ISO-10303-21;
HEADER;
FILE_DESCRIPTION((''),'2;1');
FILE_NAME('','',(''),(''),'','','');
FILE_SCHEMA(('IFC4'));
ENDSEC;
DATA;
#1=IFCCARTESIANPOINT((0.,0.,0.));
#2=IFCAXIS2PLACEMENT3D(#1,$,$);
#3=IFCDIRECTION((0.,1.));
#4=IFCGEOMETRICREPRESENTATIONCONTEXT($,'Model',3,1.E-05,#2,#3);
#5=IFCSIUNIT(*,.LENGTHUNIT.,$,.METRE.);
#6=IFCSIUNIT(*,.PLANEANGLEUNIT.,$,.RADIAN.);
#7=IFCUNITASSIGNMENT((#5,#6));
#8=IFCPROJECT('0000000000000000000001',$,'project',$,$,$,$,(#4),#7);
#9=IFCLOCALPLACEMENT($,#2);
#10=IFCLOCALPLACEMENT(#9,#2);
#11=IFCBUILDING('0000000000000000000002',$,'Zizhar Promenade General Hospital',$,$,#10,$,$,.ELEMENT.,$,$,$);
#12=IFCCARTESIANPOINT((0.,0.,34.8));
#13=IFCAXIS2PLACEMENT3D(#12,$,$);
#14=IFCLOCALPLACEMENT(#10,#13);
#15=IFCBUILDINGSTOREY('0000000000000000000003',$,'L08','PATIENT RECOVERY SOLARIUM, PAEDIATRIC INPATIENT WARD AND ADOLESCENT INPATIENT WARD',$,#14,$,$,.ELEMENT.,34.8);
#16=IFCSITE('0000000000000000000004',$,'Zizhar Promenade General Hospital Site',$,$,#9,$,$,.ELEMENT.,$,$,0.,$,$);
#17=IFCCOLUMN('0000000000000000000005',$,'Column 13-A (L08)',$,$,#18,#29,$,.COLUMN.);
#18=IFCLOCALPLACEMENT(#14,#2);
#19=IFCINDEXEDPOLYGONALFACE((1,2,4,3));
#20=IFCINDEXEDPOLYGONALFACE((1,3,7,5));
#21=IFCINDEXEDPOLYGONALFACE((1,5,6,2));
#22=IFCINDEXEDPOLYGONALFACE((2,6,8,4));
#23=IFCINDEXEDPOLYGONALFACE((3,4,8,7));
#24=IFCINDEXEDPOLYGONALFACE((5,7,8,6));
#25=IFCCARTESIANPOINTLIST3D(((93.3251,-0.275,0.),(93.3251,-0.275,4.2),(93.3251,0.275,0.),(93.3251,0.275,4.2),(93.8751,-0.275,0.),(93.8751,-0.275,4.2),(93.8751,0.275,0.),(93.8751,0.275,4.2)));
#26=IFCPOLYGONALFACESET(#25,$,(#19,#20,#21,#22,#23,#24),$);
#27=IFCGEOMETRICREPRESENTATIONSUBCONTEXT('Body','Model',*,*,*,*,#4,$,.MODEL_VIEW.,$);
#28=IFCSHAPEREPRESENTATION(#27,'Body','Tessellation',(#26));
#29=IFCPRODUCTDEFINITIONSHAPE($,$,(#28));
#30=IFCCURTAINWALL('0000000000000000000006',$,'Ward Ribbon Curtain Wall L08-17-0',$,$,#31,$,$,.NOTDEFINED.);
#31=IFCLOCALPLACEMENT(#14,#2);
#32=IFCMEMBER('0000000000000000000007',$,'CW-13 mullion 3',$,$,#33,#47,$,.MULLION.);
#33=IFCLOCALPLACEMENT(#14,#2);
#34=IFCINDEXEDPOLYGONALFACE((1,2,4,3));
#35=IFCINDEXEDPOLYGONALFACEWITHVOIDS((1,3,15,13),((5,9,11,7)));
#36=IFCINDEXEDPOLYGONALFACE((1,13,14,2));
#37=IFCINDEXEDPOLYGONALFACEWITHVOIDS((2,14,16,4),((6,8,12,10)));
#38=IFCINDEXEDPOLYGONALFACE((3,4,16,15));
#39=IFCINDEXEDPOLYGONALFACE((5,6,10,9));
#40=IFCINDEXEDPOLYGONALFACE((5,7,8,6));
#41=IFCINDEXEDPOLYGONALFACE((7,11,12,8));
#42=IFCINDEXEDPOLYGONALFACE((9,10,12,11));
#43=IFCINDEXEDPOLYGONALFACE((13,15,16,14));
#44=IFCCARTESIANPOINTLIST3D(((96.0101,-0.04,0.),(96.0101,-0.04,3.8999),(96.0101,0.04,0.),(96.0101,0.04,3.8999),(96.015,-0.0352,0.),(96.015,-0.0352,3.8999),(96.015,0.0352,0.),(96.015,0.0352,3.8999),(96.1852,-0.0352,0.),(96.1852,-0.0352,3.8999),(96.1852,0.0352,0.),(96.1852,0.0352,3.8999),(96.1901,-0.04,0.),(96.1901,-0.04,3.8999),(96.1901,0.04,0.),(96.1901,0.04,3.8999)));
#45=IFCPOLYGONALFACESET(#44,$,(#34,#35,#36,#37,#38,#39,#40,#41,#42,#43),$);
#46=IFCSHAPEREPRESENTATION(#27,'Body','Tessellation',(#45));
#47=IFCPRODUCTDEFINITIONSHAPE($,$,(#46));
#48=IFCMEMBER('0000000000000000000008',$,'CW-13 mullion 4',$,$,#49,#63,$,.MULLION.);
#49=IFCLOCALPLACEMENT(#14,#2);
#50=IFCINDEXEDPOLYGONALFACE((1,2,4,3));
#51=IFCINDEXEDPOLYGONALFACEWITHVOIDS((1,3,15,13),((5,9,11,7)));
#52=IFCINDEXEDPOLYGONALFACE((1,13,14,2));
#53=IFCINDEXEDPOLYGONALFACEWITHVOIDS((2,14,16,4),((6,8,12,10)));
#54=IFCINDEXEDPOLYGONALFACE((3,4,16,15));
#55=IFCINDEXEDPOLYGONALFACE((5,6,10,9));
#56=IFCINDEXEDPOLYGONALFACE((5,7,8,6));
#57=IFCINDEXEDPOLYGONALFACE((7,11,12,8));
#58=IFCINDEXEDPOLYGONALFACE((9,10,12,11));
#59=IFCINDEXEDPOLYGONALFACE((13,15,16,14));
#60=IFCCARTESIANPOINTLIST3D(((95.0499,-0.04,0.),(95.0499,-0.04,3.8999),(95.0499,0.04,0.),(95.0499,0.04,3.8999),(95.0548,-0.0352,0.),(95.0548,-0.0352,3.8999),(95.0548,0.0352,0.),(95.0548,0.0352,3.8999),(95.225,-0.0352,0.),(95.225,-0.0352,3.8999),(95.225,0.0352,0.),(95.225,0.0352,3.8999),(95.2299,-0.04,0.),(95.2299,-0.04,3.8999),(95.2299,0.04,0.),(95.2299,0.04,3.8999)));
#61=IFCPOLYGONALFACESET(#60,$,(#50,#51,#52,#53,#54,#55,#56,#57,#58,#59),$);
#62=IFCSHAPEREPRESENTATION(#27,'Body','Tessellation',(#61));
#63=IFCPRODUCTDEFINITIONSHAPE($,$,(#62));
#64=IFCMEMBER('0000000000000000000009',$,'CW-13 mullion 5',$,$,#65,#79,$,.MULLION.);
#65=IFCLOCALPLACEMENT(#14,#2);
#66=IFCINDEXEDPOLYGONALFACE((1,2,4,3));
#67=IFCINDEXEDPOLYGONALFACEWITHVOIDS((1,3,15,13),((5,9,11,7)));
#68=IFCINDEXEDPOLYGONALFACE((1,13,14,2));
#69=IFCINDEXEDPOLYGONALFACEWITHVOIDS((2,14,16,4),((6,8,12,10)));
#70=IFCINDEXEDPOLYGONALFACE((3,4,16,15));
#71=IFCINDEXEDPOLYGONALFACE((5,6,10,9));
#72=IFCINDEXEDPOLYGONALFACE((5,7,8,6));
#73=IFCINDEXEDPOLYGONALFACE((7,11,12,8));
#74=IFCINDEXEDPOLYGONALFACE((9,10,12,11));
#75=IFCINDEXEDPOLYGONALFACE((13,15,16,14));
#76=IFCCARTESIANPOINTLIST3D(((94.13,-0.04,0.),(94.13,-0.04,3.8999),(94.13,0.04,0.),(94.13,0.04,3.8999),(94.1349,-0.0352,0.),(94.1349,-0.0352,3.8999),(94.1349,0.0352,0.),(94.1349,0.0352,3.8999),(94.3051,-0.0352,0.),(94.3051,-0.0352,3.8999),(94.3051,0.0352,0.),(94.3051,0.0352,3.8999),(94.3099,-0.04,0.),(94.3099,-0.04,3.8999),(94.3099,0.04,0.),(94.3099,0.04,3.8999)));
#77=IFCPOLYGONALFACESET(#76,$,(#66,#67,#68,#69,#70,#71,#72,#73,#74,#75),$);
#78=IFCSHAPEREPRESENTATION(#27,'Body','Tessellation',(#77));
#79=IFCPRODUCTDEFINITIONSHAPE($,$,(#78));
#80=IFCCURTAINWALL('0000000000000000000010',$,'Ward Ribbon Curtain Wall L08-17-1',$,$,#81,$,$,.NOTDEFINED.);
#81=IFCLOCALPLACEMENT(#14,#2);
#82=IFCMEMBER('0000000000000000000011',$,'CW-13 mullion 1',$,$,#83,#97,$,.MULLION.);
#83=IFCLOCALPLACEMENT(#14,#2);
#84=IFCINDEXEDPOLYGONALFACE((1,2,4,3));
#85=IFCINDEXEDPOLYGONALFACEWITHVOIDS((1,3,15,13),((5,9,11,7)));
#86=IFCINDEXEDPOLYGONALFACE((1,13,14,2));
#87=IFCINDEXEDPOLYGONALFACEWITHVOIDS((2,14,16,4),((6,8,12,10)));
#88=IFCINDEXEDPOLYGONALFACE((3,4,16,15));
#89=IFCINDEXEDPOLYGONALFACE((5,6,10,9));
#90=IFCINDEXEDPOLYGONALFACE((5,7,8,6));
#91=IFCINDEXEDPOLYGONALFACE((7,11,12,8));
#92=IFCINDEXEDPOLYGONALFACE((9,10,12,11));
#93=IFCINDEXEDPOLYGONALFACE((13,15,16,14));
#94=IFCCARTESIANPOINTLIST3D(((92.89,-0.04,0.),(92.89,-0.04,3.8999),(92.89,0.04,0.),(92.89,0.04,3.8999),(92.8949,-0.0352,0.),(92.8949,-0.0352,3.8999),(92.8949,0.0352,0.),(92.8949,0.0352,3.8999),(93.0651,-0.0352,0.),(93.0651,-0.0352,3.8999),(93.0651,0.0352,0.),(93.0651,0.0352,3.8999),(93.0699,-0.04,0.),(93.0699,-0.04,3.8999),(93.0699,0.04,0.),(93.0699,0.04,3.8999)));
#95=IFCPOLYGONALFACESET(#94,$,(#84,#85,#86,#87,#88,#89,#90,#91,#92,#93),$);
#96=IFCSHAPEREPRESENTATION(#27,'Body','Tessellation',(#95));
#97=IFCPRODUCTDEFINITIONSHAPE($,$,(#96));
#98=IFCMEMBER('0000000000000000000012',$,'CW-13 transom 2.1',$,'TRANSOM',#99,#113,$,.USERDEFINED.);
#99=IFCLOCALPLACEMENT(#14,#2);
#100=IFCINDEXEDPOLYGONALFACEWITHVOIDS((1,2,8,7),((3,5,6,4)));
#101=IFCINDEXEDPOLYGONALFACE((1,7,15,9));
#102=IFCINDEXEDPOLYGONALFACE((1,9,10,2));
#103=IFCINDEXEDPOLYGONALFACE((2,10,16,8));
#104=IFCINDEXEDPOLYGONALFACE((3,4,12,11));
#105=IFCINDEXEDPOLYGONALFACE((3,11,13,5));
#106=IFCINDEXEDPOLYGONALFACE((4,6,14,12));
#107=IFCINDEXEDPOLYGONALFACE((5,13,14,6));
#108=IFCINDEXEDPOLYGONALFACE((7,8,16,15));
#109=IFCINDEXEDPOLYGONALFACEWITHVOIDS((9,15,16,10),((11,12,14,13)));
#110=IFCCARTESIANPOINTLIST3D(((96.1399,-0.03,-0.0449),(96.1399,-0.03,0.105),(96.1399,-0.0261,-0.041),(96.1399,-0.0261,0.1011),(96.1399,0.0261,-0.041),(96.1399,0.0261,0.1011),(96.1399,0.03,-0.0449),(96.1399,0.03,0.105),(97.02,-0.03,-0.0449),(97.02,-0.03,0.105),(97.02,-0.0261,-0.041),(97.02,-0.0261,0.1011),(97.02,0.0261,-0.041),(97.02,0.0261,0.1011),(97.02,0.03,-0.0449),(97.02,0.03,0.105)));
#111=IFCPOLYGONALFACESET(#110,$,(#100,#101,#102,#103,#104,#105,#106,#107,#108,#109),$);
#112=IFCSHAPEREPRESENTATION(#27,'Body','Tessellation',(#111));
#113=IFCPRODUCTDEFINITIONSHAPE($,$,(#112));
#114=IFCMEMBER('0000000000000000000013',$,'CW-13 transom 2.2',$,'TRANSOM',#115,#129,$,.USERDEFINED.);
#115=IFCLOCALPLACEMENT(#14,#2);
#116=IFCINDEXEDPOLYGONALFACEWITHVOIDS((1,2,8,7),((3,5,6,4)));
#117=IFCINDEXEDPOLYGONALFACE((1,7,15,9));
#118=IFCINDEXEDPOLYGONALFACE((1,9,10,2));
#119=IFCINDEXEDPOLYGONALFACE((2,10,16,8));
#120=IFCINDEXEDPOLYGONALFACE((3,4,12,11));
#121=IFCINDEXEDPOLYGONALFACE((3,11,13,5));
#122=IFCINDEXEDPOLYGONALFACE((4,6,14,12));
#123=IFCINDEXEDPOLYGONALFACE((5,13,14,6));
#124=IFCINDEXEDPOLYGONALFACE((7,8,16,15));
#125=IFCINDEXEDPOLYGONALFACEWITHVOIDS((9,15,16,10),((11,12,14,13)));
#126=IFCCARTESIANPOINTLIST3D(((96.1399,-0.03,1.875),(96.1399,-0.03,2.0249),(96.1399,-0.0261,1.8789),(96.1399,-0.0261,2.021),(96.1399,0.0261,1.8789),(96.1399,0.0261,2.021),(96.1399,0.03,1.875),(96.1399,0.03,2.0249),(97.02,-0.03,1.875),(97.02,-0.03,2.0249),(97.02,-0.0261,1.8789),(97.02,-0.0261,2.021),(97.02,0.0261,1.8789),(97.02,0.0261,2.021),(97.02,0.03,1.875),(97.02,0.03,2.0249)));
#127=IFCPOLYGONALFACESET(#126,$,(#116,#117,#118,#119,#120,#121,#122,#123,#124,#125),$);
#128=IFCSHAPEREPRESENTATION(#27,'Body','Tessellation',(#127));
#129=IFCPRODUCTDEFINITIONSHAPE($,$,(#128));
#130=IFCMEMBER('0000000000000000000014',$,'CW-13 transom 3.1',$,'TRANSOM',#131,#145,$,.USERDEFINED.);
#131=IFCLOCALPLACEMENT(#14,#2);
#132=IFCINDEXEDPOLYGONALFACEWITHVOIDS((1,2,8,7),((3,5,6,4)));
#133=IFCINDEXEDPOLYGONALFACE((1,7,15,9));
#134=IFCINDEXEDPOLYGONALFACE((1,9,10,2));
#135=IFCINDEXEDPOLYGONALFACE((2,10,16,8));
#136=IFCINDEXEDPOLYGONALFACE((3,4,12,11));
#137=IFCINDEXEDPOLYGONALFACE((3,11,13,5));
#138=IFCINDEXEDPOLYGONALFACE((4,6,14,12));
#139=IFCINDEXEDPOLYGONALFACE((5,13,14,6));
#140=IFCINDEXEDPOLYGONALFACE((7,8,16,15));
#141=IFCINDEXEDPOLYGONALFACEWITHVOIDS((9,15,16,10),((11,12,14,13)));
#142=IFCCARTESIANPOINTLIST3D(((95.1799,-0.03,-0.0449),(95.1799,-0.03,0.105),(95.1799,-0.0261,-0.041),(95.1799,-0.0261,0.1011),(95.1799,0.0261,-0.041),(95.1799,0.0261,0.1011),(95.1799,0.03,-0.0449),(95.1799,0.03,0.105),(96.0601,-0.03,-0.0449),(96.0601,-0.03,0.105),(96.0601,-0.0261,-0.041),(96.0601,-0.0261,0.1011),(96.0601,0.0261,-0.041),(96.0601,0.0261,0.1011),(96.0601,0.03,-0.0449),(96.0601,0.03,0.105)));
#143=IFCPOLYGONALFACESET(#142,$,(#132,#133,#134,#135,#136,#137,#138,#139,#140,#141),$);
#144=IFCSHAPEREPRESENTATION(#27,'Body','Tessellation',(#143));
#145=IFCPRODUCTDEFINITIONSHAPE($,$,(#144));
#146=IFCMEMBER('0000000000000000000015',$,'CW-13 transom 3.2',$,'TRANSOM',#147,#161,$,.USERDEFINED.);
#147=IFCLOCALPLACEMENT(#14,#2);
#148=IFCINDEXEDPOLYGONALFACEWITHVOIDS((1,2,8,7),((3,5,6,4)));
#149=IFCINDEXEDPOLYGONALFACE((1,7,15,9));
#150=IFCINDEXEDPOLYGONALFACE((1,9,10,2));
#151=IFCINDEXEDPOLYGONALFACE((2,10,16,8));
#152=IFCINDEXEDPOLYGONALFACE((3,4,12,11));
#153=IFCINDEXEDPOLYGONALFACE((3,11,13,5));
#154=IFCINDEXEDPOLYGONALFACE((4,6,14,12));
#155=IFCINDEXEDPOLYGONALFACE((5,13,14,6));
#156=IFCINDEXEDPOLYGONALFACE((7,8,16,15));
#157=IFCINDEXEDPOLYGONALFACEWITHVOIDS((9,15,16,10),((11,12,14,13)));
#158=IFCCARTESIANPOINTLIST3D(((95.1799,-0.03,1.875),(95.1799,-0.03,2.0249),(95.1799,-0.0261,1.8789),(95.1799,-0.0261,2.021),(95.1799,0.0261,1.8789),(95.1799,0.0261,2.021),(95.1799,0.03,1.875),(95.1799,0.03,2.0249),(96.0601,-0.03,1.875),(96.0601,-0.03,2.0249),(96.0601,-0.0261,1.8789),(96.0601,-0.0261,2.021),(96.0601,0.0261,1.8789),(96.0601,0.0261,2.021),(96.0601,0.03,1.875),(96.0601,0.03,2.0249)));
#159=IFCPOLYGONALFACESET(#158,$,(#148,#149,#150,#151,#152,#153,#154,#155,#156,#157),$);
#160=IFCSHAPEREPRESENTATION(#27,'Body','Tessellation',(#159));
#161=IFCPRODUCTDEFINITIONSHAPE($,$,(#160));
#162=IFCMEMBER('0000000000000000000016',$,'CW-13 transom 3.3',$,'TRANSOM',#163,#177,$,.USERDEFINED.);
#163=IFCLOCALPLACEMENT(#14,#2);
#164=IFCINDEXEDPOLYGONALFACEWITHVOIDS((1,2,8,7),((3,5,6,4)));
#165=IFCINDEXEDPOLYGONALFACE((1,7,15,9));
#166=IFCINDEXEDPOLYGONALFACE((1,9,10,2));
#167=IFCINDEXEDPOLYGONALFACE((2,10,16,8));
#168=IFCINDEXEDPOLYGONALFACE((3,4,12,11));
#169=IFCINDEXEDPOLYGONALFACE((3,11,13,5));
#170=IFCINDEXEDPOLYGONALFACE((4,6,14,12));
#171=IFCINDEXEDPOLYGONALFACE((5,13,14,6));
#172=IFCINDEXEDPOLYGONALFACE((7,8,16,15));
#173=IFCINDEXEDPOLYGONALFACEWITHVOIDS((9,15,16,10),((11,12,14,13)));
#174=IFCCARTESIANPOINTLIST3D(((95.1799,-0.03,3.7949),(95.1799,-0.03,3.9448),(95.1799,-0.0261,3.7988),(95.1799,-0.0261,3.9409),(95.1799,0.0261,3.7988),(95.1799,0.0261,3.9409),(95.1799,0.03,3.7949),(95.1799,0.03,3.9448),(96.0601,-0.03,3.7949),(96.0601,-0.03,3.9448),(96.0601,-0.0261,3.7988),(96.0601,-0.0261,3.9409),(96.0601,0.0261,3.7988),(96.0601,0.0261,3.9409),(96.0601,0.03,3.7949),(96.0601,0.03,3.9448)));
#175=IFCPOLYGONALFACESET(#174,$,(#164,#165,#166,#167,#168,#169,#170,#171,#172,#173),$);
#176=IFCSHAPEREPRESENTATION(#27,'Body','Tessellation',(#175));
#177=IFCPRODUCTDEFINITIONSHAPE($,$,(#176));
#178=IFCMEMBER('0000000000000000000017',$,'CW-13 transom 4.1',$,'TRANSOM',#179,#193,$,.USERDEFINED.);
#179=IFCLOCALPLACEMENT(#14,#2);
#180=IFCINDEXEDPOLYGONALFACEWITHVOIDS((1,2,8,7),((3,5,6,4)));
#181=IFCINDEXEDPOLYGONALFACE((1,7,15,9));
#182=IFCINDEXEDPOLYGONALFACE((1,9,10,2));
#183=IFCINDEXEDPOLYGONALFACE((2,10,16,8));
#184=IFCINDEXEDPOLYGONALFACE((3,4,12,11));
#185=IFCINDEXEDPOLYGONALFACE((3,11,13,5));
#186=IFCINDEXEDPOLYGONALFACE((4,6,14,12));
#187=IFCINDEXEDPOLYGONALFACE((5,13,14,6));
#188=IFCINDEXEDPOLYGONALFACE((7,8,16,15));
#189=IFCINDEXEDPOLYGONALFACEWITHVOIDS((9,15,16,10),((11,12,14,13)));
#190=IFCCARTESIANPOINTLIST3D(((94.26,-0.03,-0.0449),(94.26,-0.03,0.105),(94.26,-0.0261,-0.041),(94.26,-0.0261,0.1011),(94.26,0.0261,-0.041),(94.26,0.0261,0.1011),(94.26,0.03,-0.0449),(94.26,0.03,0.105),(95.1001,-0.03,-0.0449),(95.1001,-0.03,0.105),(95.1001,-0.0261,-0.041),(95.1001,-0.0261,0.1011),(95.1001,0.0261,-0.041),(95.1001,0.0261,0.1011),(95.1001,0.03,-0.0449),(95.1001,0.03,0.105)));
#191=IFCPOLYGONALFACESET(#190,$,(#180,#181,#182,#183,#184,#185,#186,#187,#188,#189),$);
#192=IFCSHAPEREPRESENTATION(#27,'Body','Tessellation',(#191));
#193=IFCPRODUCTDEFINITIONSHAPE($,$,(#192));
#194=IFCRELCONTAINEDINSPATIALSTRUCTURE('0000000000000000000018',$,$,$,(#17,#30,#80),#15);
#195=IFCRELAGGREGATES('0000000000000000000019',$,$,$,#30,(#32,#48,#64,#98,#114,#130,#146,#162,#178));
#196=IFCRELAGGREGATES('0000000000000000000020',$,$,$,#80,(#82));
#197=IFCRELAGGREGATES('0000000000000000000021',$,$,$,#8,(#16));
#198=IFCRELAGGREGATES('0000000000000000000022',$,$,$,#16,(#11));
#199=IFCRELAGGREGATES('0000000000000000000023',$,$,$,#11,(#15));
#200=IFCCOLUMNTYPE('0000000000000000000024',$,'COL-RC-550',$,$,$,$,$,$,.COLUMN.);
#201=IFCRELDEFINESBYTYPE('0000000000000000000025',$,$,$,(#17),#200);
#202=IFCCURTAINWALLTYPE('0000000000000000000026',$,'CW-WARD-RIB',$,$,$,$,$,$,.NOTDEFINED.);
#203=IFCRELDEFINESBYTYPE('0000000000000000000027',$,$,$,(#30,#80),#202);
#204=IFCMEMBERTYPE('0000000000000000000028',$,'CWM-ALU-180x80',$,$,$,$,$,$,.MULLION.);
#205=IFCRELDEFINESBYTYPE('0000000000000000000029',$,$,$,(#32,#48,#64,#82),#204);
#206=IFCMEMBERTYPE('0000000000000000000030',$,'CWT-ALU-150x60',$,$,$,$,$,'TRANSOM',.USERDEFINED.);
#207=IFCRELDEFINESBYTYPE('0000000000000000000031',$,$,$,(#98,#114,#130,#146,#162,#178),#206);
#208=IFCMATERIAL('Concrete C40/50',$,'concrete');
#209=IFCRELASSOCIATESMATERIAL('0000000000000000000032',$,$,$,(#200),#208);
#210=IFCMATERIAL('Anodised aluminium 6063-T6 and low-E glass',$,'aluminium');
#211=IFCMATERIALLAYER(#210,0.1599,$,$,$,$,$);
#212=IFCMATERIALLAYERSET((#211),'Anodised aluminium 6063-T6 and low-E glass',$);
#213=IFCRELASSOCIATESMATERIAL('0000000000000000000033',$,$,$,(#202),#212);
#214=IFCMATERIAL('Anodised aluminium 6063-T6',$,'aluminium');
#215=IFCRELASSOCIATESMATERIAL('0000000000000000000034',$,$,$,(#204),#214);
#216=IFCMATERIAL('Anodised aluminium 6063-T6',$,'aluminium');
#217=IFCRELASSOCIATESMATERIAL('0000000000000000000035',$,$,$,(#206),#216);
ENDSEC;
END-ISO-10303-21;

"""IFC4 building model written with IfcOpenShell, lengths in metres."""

from ifc_helpers import new_model, si_unit, direction, frame, origin, origin_2d, place, context, subcontext, project, spatial, rectangle, hollow_rectangle, extrude, material, layer, layer_set, material_profile, profile_set, type_object, element, aggregate, save


model = new_model("IFC4")

# Units and contexts
model_context = context("Model", 3, precision=1e-05, world=origin(), true_north=direction((0.0, 1.0)))
body_context = subcontext(model_context, "Body", "Model", "MODEL_VIEW")
ifc_project = project(units=[si_unit("LENGTHUNIT", "METRE"), si_unit("PLANEANGLEUNIT", "RADIAN")], contexts=[model_context])

# Site, building, storey
site_placement = place(None, origin())
site = spatial("IfcSite", under=ifc_project, at=site_placement, Name="Zizhar Promenade General Hospital Site", CompositionType="ELEMENT", RefElevation=0.0)
building_placement = place(site_placement, origin())
building = spatial("IfcBuilding", under=site, at=building_placement, Name="Zizhar Promenade General Hospital", CompositionType="ELEMENT")
storey_placement = place(building_placement, frame((0.0, 0.0, 34.8)))
storey = spatial("IfcBuildingStorey", under=building, at=storey_placement, Name="L08", Description="PATIENT RECOVERY SOLARIUM, PAEDIATRIC INPATIENT WARD AND ADOLESCENT INPATIENT WARD", CompositionType="ELEMENT", Elevation=34.8)

# Column
ifc_material_1 = material(Name="Concrete C40/50", Category="concrete")
ifc_material_profile_1 = material_profile(ifc_material_1, rectangle(XDim=0.55, YDim=0.55, at=origin_2d()))
ifc_profile_set_1 = profile_set([ifc_material_profile_1], Name="Concrete C40/50")
column_type = type_object("IfcColumnType", Name="COL-RC-550", PredefinedType="COLUMN", material=ifc_profile_set_1)
column_placement = place(storey_placement, frame((93.6001, 0.0, 0.0), z_axis=(0.0, 0.0, 1.0), x_axis=(1.0, 0.0, 0.0)))
element("IfcColumn", 1, at=column_placement, inside=storey, type_object=column_type, Name="Column 13-A (L08)", PredefinedType="COLUMN", context=body_context, shape_type="SweptSolid", body=[
    extrude(rectangle(XDim=0.55, YDim=0.55, at=origin_2d()), origin(), (0.0, 0.0, 1.0), 4.2),
])

# Curtain wall, members
ifc_material_2 = material(Name="Anodised aluminium 6063-T6 and low-E glass", Category="aluminium")
ifc_layer_1 = layer(ifc_material_2, 0.1599)
ifc_layer_set_1 = layer_set([ifc_layer_1], Name="Anodised aluminium 6063-T6 and low-E glass")
curtain_wall_type = type_object("IfcCurtainWallType", Name="CW-WARD-RIB", PredefinedType="NOTDEFINED", material=ifc_layer_set_1)
curtain_wall_1_placement = place(storey_placement, origin())
curtain_wall_1 = element("IfcCurtainWall", 2, at=curtain_wall_1_placement, inside=storey, type_object=curtain_wall_type, Name="Ward Ribbon Curtain Wall L08-17-0", PredefinedType="NOTDEFINED")
ifc_material_3 = material(Name="Anodised aluminium 6063-T6", Category="aluminium")
ifc_material_profile_2 = material_profile(ifc_material_3, hollow_rectangle(XDim=0.0801, YDim=0.1799, WallThickness=0.0049, at=origin_2d()))
ifc_profile_set_2 = profile_set([ifc_material_profile_2], Name="Anodised aluminium 6063-T6")
member_type_1 = type_object("IfcMemberType", Name="CWM-ALU-180x80", PredefinedType="MULLION", material=ifc_profile_set_2)
member_1_placement = place(storey_placement, frame((96.1001, 0.0, 0.0), z_axis=(0.0, 0.0, 1.0), x_axis=(0.0, -1.0, 0.0)))
member_1 = element("IfcMember", 3, at=member_1_placement, type_object=member_type_1, Name="CW-13 mullion 3", PredefinedType="MULLION", context=body_context, shape_type="SweptSolid", body=[
    extrude(hollow_rectangle(XDim=0.0801, YDim=0.1799, WallThickness=0.0049, at=origin_2d()), origin(), (0.0, 0.0, 1.0), 3.8999),
])
member_2_placement = place(storey_placement, frame((95.1399, 0.0, 0.0), z_axis=(0.0, 0.0, 1.0), x_axis=(0.0, -1.0, 0.0)))
member_2 = element("IfcMember", 4, at=member_2_placement, type_object=member_type_1, Name="CW-13 mullion 4", PredefinedType="MULLION", context=body_context, shape_type="SweptSolid", body=[
    extrude(hollow_rectangle(XDim=0.0801, YDim=0.1799, WallThickness=0.0049, at=origin_2d()), origin(), (0.0, 0.0, 1.0), 3.8999),
])
member_3_placement = place(storey_placement, frame((94.22, 0.0, 0.0), z_axis=(0.0, 0.0, 1.0), x_axis=(0.0, -1.0, 0.0)))
member_3 = element("IfcMember", 5, at=member_3_placement, type_object=member_type_1, Name="CW-13 mullion 5", PredefinedType="MULLION", context=body_context, shape_type="SweptSolid", body=[
    extrude(hollow_rectangle(XDim=0.0801, YDim=0.1799, WallThickness=0.0049, at=origin_2d()), origin(), (0.0, 0.0, 1.0), 3.8999),
])

# Curtain wall, member
curtain_wall_2_placement = place(storey_placement, origin())
curtain_wall_2 = element("IfcCurtainWall", 6, at=curtain_wall_2_placement, inside=storey, type_object=curtain_wall_type, Name="Ward Ribbon Curtain Wall L08-17-1", PredefinedType="NOTDEFINED")
member_4_placement = place(storey_placement, frame((92.98, 0.0, 0.0), z_axis=(0.0, 0.0, 1.0), x_axis=(0.0, -1.0, 0.0)))
member_4 = element("IfcMember", 7, at=member_4_placement, type_object=member_type_1, Name="CW-13 mullion 1", PredefinedType="MULLION", context=body_context, shape_type="SweptSolid", body=[
    extrude(hollow_rectangle(XDim=0.0801, YDim=0.1799, WallThickness=0.0049, at=origin_2d()), origin(), (0.0, 0.0, 1.0), 3.8999),
])

# Members
ifc_material_4 = material(Name="Anodised aluminium 6063-T6", Category="aluminium")
ifc_material_profile_3 = material_profile(ifc_material_4, hollow_rectangle(XDim=0.0601, YDim=0.1499, WallThickness=0.0039, at=origin_2d()))
ifc_profile_set_3 = profile_set([ifc_material_profile_3], Name="Anodised aluminium 6063-T6")
member_type_2 = type_object("IfcMemberType", Name="CWT-ALU-150x60", ElementType="TRANSOM", PredefinedType="USERDEFINED", material=ifc_profile_set_3)
member_5_placement = place(storey_placement, frame((97.02, 0.0, 0.03), z_axis=(-1.0, 0.0, 0.0), x_axis=(0.0, -1.0, 0.0)))
member_5 = element("IfcMember", 8, at=member_5_placement, type_object=member_type_2, Name="CW-13 transom 2.1", ObjectType="TRANSOM", PredefinedType="USERDEFINED", context=body_context, shape_type="SweptSolid", body=[
    extrude(hollow_rectangle(XDim=0.0601, YDim=0.1499, WallThickness=0.0039, at=origin_2d()), origin(), (0.0, 0.0, 1.0), 0.8801),
])
member_6_placement = place(storey_placement, frame((97.02, 0.0, 1.95), z_axis=(-1.0, 0.0, 0.0), x_axis=(0.0, -1.0, 0.0)))
member_6 = element("IfcMember", 9, at=member_6_placement, type_object=member_type_2, Name="CW-13 transom 2.2", ObjectType="TRANSOM", PredefinedType="USERDEFINED", context=body_context, shape_type="SweptSolid", body=[
    extrude(hollow_rectangle(XDim=0.0601, YDim=0.1499, WallThickness=0.0039, at=origin_2d()), origin(), (0.0, 0.0, 1.0), 0.8801),
])
member_7_placement = place(storey_placement, frame((96.0601, 0.0, 0.03), z_axis=(-1.0, 0.0, 0.0), x_axis=(0.0, -1.0, 0.0)))
member_7 = element("IfcMember", 10, at=member_7_placement, type_object=member_type_2, Name="CW-13 transom 3.1", ObjectType="TRANSOM", PredefinedType="USERDEFINED", context=body_context, shape_type="SweptSolid", body=[
    extrude(hollow_rectangle(XDim=0.0601, YDim=0.1499, WallThickness=0.0039, at=origin_2d()), origin(), (0.0, 0.0, 1.0), 0.8801),
])
member_8_placement = place(storey_placement, frame((96.0601, 0.0, 1.95), z_axis=(-1.0, 0.0, 0.0), x_axis=(0.0, -1.0, 0.0)))
member_8 = element("IfcMember", 11, at=member_8_placement, type_object=member_type_2, Name="CW-13 transom 3.2", ObjectType="TRANSOM", PredefinedType="USERDEFINED", context=body_context, shape_type="SweptSolid", body=[
    extrude(hollow_rectangle(XDim=0.0601, YDim=0.1499, WallThickness=0.0039, at=origin_2d()), origin(), (0.0, 0.0, 1.0), 0.8801),
])
member_9_placement = place(storey_placement, frame((96.0601, 0.0, 3.8699), z_axis=(-1.0, 0.0, 0.0), x_axis=(0.0, -1.0, 0.0)))
member_9 = element("IfcMember", 12, at=member_9_placement, type_object=member_type_2, Name="CW-13 transom 3.3", ObjectType="TRANSOM", PredefinedType="USERDEFINED", context=body_context, shape_type="SweptSolid", body=[
    extrude(hollow_rectangle(XDim=0.0601, YDim=0.1499, WallThickness=0.0039, at=origin_2d()), origin(), (0.0, 0.0, 1.0), 0.8801),
])
member_10_placement = place(storey_placement, frame((95.1001, 0.0, 0.03), z_axis=(-1.0, 0.0, 0.0), x_axis=(0.0, -1.0, 0.0)))
member_10 = element("IfcMember", 13, at=member_10_placement, type_object=member_type_2, Name="CW-13 transom 4.1", ObjectType="TRANSOM", PredefinedType="USERDEFINED", context=body_context, shape_type="SweptSolid", body=[
    extrude(hollow_rectangle(XDim=0.0601, YDim=0.1499, WallThickness=0.0039, at=origin_2d()), origin(), (0.0, 0.0, 1.0), 0.8401),
])

aggregate(curtain_wall_1, [member_1, member_2, member_3, member_5, member_6, member_7, member_8, member_9, member_10])
aggregate(curtain_wall_2, [member_4])

save(model, "model.ifc")
